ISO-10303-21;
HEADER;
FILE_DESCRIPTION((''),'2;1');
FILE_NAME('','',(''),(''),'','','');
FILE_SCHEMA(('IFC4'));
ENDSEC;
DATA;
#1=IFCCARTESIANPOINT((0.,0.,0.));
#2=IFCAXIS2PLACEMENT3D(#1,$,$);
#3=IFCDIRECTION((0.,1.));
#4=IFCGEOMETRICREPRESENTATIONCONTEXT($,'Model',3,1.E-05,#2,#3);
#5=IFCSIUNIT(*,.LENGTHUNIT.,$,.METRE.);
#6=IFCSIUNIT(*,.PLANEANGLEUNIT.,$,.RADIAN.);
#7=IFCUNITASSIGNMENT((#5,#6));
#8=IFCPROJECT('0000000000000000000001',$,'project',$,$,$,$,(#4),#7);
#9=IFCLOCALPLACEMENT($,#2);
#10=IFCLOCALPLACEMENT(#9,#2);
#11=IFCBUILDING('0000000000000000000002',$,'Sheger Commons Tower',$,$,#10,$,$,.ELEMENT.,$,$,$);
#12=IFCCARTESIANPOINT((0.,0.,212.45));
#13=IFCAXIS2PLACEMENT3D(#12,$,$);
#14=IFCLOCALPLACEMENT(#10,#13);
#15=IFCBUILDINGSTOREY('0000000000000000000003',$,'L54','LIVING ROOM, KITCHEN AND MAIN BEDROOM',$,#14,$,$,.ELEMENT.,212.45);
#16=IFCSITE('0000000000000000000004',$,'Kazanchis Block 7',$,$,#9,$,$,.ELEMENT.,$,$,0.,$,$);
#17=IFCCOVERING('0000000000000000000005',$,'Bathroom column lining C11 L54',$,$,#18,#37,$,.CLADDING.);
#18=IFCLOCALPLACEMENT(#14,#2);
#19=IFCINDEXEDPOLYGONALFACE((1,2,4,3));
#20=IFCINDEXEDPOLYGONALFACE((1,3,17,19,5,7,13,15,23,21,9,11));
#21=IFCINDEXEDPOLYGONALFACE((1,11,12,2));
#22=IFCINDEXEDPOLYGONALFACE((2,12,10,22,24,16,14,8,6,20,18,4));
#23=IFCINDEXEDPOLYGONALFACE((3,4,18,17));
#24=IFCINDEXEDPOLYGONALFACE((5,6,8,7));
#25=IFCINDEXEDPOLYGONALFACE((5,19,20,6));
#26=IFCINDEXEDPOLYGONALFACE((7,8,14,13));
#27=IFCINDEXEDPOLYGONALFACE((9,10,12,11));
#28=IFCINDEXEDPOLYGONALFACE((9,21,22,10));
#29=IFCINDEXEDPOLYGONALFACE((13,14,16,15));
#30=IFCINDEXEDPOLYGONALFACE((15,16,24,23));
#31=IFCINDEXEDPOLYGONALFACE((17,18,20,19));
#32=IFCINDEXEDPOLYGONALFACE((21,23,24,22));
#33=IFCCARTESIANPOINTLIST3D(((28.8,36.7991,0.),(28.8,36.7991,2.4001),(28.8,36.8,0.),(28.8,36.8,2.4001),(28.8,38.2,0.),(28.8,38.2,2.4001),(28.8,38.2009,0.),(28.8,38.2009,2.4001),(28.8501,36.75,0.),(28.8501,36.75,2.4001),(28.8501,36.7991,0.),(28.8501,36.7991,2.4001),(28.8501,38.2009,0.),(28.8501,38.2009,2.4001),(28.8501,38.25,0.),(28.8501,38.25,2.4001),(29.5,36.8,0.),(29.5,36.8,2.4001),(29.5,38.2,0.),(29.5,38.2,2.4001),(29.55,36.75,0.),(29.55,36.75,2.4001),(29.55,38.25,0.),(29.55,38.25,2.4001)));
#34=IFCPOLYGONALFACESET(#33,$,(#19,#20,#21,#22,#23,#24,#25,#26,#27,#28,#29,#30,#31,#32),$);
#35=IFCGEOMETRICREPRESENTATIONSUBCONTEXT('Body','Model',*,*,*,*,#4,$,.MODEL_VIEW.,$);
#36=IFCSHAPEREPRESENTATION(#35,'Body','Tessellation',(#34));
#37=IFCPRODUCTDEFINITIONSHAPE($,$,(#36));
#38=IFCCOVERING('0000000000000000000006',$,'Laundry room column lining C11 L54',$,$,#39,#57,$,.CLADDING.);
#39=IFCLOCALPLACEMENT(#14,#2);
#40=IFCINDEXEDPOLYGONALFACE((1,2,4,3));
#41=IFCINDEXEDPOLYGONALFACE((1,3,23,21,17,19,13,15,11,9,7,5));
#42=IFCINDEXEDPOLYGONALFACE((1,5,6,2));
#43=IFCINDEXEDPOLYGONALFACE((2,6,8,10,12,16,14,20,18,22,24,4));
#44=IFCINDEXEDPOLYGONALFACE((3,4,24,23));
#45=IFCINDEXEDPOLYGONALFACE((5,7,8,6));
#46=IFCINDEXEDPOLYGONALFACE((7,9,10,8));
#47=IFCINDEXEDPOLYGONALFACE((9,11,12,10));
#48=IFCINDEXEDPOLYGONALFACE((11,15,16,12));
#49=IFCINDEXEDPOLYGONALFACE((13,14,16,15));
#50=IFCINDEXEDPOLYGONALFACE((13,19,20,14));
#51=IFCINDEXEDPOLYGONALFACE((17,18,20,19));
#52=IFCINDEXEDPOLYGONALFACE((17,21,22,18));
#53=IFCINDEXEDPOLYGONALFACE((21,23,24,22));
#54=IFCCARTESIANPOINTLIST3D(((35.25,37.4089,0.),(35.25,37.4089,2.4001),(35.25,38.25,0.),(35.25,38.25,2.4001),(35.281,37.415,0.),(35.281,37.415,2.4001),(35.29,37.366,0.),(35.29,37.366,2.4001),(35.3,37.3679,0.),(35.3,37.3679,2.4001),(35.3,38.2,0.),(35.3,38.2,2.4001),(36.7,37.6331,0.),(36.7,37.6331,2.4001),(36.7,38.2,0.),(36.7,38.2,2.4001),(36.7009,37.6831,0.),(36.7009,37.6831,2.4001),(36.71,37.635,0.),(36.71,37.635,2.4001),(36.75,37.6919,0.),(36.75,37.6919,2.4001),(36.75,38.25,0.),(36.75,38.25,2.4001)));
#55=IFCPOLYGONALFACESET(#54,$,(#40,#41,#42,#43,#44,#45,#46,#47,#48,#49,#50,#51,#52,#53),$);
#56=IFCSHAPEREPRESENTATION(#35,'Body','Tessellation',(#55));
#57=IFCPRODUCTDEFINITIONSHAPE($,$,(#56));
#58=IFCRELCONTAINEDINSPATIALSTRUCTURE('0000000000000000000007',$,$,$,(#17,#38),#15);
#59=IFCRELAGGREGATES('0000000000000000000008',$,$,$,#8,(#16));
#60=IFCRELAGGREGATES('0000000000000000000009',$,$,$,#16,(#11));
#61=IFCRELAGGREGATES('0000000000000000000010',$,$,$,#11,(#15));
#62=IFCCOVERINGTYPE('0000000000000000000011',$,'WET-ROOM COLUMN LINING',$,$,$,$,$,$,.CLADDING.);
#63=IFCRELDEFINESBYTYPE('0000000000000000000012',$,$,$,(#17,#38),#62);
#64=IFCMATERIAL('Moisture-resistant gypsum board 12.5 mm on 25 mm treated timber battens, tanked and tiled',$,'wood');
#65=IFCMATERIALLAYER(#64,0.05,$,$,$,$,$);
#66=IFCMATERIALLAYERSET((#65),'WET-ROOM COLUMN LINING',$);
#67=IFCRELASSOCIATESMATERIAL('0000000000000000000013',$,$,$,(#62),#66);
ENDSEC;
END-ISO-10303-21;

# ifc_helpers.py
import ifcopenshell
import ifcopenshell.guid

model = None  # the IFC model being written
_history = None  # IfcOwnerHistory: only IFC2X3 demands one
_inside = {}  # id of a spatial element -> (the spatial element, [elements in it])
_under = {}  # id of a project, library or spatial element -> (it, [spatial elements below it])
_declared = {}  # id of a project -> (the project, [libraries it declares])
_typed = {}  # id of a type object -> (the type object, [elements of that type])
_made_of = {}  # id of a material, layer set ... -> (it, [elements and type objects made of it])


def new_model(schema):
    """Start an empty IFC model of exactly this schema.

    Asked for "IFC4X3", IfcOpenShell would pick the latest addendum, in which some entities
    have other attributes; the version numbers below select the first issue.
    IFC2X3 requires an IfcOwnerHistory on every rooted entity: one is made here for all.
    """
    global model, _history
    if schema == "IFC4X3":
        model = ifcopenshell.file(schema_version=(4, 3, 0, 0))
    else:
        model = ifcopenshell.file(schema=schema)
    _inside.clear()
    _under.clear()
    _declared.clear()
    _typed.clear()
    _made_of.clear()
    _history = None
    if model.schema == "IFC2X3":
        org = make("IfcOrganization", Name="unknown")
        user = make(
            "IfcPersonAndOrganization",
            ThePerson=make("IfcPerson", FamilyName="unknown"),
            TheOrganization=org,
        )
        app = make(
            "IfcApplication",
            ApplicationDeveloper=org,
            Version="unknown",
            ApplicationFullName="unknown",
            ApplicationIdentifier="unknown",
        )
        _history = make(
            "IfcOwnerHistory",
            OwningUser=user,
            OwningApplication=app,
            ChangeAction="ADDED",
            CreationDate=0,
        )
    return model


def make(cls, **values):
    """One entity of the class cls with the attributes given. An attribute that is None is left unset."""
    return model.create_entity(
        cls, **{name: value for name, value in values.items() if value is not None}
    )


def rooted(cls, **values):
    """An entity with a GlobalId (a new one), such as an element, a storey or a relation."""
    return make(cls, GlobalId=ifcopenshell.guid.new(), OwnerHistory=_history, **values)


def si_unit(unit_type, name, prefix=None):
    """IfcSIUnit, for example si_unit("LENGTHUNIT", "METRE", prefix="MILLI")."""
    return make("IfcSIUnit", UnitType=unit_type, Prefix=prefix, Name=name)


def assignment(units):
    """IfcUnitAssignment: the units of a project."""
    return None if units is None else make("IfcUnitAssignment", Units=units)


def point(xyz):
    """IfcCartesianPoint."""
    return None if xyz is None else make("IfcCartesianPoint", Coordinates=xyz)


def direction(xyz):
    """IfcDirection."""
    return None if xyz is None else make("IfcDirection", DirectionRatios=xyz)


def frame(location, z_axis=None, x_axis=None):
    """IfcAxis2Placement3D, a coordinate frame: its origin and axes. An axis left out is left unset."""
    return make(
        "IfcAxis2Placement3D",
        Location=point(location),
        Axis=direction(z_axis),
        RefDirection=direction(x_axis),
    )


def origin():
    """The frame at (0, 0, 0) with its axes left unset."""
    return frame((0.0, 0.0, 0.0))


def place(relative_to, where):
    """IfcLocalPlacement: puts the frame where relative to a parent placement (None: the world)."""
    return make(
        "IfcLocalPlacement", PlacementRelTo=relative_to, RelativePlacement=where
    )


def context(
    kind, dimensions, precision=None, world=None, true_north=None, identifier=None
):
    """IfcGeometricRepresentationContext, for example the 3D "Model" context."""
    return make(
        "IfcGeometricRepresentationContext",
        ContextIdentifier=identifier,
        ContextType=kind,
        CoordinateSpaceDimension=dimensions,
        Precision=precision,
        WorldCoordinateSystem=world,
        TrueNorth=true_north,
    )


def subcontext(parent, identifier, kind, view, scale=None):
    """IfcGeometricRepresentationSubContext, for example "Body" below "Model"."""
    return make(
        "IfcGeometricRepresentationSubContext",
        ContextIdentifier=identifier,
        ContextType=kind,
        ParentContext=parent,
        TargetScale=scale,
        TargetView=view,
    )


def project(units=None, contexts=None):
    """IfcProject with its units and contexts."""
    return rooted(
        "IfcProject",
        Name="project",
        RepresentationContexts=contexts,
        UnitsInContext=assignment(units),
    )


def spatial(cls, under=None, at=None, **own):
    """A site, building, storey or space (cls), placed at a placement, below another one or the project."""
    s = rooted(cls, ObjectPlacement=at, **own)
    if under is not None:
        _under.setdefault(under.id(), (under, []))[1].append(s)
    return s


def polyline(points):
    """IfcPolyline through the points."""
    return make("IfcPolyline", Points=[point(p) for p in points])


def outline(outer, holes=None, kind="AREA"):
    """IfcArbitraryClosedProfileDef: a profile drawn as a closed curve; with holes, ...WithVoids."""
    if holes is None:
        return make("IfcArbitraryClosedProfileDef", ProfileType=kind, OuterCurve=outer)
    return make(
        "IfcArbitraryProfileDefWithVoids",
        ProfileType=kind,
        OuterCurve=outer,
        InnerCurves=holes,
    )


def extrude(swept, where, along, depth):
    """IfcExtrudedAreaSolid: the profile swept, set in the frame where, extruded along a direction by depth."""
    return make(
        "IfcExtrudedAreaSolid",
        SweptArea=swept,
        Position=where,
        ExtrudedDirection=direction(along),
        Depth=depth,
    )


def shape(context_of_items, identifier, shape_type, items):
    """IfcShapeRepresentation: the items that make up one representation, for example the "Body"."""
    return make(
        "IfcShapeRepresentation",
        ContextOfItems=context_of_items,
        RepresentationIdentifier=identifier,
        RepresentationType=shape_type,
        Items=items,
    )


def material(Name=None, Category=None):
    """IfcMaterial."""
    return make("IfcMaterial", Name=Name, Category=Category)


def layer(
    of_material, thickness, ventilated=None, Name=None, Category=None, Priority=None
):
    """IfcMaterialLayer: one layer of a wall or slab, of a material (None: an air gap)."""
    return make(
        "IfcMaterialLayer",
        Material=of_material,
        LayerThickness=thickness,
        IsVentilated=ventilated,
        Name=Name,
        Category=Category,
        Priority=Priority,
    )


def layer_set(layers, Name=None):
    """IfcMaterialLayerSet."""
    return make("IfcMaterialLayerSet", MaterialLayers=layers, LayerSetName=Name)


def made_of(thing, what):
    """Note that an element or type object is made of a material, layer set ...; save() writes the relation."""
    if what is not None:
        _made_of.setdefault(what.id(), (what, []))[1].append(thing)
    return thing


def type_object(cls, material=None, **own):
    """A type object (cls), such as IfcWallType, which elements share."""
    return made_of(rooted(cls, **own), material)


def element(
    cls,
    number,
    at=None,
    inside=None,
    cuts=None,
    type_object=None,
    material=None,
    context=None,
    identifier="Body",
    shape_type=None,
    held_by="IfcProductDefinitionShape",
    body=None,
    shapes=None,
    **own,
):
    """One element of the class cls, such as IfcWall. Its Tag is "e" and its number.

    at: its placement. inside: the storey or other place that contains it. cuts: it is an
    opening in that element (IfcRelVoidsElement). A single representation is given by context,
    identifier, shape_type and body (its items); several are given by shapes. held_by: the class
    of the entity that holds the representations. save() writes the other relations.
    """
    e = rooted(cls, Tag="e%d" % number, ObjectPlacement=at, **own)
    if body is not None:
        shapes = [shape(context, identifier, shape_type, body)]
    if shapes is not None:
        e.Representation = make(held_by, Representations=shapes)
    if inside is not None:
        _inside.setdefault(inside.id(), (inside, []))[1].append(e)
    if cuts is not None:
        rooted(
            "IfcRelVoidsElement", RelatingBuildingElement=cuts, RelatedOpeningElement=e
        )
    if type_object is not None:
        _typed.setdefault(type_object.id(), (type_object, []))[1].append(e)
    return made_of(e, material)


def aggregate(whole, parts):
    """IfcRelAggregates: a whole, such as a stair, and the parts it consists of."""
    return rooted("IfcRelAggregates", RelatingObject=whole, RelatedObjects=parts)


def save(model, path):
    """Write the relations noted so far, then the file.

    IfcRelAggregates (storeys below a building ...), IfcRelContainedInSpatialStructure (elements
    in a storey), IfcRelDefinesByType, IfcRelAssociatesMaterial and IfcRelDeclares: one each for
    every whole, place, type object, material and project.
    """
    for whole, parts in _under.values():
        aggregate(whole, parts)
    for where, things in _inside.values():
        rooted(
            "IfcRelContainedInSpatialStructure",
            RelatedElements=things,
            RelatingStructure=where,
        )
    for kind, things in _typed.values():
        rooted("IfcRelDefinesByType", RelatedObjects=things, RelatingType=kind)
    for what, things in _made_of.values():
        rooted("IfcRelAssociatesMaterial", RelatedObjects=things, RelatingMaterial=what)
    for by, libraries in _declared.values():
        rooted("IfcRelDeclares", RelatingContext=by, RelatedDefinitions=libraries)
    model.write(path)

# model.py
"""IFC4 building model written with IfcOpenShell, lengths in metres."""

from ifc_helpers import new_model, si_unit, direction, frame, origin, place, context, subcontext, project, spatial, polyline, outline, extrude, material, layer, layer_set, type_object, element, save


model = new_model("IFC4")

# Units and contexts
model_context = context("Model", 3, precision=1e-05, world=origin(), true_north=direction((0.0, 1.0)))
body_context = subcontext(model_context, "Body", "Model", "MODEL_VIEW")
ifc_project = project(units=[si_unit("LENGTHUNIT", "METRE"), si_unit("PLANEANGLEUNIT", "RADIAN")], contexts=[model_context])

# Site, building, storey
site_placement = place(None, origin())
site = spatial("IfcSite", under=ifc_project, at=site_placement, Name="Kazanchis Block 7", CompositionType="ELEMENT", RefElevation=0.0)
building_placement = place(site_placement, origin())
building = spatial("IfcBuilding", under=site, at=building_placement, Name="Sheger Commons Tower", CompositionType="ELEMENT")
storey_placement = place(building_placement, frame((0.0, 0.0, 212.45)))
storey = spatial("IfcBuildingStorey", under=building, at=storey_placement, Name="L54", Description="LIVING ROOM, KITCHEN AND MAIN BEDROOM", CompositionType="ELEMENT", Elevation=212.45)

# Coverings
ifc_material_1 = material(Name="Moisture-resistant gypsum board 12.5 mm on 25 mm treated timber battens, tanked and tiled", Category="wood")
ifc_layer_1 = layer(ifc_material_1, 0.05)
ifc_layer_set_1 = layer_set([ifc_layer_1], Name="WET-ROOM COLUMN LINING")
covering_type_1 = type_object("IfcCoveringType", Name="WET-ROOM COLUMN LINING", PredefinedType="CLADDING", material=ifc_layer_set_1)
covering_1_placement = place(storey_placement, origin())
element("IfcCovering", 1, at=covering_1_placement, inside=storey, type_object=covering_type_1, Name="Bathroom column lining C11 L54", PredefinedType="CLADDING", context=body_context, shape_type="SweptSolid", body=[
    extrude(outline(polyline([(29.55, 36.75), (28.8501, 36.75), (28.8501, 36.7991), (28.8, 36.7991), (28.8, 36.8), (29.5, 36.8), (29.5, 38.2), (28.8, 38.2), (28.8, 38.2009), (28.8501, 38.2009), (28.8501, 38.25), (29.55, 38.25), (29.55, 36.75)])), origin(), (0.0, 0.0, 1.0), 2.4001),
])
covering_2_placement = place(storey_placement, origin())
element("IfcCovering", 2, at=covering_2_placement, inside=storey, type_object=covering_type_1, Name="Laundry room column lining C11 L54", PredefinedType="CLADDING", context=body_context, shape_type="SweptSolid", body=[
    extrude(outline(polyline([(36.75, 38.25), (36.75, 37.6919), (36.7009, 37.6831), (36.71, 37.635), (36.7, 37.6331), (36.7, 38.2), (35.3, 38.2), (35.3, 37.3679), (35.29, 37.366), (35.281, 37.415), (35.25, 37.4089), (35.25, 38.25), (36.75, 38.25)])), origin(), (0.0, 0.0, 1.0), 2.4001),
])

save(model, "model.ifc")
